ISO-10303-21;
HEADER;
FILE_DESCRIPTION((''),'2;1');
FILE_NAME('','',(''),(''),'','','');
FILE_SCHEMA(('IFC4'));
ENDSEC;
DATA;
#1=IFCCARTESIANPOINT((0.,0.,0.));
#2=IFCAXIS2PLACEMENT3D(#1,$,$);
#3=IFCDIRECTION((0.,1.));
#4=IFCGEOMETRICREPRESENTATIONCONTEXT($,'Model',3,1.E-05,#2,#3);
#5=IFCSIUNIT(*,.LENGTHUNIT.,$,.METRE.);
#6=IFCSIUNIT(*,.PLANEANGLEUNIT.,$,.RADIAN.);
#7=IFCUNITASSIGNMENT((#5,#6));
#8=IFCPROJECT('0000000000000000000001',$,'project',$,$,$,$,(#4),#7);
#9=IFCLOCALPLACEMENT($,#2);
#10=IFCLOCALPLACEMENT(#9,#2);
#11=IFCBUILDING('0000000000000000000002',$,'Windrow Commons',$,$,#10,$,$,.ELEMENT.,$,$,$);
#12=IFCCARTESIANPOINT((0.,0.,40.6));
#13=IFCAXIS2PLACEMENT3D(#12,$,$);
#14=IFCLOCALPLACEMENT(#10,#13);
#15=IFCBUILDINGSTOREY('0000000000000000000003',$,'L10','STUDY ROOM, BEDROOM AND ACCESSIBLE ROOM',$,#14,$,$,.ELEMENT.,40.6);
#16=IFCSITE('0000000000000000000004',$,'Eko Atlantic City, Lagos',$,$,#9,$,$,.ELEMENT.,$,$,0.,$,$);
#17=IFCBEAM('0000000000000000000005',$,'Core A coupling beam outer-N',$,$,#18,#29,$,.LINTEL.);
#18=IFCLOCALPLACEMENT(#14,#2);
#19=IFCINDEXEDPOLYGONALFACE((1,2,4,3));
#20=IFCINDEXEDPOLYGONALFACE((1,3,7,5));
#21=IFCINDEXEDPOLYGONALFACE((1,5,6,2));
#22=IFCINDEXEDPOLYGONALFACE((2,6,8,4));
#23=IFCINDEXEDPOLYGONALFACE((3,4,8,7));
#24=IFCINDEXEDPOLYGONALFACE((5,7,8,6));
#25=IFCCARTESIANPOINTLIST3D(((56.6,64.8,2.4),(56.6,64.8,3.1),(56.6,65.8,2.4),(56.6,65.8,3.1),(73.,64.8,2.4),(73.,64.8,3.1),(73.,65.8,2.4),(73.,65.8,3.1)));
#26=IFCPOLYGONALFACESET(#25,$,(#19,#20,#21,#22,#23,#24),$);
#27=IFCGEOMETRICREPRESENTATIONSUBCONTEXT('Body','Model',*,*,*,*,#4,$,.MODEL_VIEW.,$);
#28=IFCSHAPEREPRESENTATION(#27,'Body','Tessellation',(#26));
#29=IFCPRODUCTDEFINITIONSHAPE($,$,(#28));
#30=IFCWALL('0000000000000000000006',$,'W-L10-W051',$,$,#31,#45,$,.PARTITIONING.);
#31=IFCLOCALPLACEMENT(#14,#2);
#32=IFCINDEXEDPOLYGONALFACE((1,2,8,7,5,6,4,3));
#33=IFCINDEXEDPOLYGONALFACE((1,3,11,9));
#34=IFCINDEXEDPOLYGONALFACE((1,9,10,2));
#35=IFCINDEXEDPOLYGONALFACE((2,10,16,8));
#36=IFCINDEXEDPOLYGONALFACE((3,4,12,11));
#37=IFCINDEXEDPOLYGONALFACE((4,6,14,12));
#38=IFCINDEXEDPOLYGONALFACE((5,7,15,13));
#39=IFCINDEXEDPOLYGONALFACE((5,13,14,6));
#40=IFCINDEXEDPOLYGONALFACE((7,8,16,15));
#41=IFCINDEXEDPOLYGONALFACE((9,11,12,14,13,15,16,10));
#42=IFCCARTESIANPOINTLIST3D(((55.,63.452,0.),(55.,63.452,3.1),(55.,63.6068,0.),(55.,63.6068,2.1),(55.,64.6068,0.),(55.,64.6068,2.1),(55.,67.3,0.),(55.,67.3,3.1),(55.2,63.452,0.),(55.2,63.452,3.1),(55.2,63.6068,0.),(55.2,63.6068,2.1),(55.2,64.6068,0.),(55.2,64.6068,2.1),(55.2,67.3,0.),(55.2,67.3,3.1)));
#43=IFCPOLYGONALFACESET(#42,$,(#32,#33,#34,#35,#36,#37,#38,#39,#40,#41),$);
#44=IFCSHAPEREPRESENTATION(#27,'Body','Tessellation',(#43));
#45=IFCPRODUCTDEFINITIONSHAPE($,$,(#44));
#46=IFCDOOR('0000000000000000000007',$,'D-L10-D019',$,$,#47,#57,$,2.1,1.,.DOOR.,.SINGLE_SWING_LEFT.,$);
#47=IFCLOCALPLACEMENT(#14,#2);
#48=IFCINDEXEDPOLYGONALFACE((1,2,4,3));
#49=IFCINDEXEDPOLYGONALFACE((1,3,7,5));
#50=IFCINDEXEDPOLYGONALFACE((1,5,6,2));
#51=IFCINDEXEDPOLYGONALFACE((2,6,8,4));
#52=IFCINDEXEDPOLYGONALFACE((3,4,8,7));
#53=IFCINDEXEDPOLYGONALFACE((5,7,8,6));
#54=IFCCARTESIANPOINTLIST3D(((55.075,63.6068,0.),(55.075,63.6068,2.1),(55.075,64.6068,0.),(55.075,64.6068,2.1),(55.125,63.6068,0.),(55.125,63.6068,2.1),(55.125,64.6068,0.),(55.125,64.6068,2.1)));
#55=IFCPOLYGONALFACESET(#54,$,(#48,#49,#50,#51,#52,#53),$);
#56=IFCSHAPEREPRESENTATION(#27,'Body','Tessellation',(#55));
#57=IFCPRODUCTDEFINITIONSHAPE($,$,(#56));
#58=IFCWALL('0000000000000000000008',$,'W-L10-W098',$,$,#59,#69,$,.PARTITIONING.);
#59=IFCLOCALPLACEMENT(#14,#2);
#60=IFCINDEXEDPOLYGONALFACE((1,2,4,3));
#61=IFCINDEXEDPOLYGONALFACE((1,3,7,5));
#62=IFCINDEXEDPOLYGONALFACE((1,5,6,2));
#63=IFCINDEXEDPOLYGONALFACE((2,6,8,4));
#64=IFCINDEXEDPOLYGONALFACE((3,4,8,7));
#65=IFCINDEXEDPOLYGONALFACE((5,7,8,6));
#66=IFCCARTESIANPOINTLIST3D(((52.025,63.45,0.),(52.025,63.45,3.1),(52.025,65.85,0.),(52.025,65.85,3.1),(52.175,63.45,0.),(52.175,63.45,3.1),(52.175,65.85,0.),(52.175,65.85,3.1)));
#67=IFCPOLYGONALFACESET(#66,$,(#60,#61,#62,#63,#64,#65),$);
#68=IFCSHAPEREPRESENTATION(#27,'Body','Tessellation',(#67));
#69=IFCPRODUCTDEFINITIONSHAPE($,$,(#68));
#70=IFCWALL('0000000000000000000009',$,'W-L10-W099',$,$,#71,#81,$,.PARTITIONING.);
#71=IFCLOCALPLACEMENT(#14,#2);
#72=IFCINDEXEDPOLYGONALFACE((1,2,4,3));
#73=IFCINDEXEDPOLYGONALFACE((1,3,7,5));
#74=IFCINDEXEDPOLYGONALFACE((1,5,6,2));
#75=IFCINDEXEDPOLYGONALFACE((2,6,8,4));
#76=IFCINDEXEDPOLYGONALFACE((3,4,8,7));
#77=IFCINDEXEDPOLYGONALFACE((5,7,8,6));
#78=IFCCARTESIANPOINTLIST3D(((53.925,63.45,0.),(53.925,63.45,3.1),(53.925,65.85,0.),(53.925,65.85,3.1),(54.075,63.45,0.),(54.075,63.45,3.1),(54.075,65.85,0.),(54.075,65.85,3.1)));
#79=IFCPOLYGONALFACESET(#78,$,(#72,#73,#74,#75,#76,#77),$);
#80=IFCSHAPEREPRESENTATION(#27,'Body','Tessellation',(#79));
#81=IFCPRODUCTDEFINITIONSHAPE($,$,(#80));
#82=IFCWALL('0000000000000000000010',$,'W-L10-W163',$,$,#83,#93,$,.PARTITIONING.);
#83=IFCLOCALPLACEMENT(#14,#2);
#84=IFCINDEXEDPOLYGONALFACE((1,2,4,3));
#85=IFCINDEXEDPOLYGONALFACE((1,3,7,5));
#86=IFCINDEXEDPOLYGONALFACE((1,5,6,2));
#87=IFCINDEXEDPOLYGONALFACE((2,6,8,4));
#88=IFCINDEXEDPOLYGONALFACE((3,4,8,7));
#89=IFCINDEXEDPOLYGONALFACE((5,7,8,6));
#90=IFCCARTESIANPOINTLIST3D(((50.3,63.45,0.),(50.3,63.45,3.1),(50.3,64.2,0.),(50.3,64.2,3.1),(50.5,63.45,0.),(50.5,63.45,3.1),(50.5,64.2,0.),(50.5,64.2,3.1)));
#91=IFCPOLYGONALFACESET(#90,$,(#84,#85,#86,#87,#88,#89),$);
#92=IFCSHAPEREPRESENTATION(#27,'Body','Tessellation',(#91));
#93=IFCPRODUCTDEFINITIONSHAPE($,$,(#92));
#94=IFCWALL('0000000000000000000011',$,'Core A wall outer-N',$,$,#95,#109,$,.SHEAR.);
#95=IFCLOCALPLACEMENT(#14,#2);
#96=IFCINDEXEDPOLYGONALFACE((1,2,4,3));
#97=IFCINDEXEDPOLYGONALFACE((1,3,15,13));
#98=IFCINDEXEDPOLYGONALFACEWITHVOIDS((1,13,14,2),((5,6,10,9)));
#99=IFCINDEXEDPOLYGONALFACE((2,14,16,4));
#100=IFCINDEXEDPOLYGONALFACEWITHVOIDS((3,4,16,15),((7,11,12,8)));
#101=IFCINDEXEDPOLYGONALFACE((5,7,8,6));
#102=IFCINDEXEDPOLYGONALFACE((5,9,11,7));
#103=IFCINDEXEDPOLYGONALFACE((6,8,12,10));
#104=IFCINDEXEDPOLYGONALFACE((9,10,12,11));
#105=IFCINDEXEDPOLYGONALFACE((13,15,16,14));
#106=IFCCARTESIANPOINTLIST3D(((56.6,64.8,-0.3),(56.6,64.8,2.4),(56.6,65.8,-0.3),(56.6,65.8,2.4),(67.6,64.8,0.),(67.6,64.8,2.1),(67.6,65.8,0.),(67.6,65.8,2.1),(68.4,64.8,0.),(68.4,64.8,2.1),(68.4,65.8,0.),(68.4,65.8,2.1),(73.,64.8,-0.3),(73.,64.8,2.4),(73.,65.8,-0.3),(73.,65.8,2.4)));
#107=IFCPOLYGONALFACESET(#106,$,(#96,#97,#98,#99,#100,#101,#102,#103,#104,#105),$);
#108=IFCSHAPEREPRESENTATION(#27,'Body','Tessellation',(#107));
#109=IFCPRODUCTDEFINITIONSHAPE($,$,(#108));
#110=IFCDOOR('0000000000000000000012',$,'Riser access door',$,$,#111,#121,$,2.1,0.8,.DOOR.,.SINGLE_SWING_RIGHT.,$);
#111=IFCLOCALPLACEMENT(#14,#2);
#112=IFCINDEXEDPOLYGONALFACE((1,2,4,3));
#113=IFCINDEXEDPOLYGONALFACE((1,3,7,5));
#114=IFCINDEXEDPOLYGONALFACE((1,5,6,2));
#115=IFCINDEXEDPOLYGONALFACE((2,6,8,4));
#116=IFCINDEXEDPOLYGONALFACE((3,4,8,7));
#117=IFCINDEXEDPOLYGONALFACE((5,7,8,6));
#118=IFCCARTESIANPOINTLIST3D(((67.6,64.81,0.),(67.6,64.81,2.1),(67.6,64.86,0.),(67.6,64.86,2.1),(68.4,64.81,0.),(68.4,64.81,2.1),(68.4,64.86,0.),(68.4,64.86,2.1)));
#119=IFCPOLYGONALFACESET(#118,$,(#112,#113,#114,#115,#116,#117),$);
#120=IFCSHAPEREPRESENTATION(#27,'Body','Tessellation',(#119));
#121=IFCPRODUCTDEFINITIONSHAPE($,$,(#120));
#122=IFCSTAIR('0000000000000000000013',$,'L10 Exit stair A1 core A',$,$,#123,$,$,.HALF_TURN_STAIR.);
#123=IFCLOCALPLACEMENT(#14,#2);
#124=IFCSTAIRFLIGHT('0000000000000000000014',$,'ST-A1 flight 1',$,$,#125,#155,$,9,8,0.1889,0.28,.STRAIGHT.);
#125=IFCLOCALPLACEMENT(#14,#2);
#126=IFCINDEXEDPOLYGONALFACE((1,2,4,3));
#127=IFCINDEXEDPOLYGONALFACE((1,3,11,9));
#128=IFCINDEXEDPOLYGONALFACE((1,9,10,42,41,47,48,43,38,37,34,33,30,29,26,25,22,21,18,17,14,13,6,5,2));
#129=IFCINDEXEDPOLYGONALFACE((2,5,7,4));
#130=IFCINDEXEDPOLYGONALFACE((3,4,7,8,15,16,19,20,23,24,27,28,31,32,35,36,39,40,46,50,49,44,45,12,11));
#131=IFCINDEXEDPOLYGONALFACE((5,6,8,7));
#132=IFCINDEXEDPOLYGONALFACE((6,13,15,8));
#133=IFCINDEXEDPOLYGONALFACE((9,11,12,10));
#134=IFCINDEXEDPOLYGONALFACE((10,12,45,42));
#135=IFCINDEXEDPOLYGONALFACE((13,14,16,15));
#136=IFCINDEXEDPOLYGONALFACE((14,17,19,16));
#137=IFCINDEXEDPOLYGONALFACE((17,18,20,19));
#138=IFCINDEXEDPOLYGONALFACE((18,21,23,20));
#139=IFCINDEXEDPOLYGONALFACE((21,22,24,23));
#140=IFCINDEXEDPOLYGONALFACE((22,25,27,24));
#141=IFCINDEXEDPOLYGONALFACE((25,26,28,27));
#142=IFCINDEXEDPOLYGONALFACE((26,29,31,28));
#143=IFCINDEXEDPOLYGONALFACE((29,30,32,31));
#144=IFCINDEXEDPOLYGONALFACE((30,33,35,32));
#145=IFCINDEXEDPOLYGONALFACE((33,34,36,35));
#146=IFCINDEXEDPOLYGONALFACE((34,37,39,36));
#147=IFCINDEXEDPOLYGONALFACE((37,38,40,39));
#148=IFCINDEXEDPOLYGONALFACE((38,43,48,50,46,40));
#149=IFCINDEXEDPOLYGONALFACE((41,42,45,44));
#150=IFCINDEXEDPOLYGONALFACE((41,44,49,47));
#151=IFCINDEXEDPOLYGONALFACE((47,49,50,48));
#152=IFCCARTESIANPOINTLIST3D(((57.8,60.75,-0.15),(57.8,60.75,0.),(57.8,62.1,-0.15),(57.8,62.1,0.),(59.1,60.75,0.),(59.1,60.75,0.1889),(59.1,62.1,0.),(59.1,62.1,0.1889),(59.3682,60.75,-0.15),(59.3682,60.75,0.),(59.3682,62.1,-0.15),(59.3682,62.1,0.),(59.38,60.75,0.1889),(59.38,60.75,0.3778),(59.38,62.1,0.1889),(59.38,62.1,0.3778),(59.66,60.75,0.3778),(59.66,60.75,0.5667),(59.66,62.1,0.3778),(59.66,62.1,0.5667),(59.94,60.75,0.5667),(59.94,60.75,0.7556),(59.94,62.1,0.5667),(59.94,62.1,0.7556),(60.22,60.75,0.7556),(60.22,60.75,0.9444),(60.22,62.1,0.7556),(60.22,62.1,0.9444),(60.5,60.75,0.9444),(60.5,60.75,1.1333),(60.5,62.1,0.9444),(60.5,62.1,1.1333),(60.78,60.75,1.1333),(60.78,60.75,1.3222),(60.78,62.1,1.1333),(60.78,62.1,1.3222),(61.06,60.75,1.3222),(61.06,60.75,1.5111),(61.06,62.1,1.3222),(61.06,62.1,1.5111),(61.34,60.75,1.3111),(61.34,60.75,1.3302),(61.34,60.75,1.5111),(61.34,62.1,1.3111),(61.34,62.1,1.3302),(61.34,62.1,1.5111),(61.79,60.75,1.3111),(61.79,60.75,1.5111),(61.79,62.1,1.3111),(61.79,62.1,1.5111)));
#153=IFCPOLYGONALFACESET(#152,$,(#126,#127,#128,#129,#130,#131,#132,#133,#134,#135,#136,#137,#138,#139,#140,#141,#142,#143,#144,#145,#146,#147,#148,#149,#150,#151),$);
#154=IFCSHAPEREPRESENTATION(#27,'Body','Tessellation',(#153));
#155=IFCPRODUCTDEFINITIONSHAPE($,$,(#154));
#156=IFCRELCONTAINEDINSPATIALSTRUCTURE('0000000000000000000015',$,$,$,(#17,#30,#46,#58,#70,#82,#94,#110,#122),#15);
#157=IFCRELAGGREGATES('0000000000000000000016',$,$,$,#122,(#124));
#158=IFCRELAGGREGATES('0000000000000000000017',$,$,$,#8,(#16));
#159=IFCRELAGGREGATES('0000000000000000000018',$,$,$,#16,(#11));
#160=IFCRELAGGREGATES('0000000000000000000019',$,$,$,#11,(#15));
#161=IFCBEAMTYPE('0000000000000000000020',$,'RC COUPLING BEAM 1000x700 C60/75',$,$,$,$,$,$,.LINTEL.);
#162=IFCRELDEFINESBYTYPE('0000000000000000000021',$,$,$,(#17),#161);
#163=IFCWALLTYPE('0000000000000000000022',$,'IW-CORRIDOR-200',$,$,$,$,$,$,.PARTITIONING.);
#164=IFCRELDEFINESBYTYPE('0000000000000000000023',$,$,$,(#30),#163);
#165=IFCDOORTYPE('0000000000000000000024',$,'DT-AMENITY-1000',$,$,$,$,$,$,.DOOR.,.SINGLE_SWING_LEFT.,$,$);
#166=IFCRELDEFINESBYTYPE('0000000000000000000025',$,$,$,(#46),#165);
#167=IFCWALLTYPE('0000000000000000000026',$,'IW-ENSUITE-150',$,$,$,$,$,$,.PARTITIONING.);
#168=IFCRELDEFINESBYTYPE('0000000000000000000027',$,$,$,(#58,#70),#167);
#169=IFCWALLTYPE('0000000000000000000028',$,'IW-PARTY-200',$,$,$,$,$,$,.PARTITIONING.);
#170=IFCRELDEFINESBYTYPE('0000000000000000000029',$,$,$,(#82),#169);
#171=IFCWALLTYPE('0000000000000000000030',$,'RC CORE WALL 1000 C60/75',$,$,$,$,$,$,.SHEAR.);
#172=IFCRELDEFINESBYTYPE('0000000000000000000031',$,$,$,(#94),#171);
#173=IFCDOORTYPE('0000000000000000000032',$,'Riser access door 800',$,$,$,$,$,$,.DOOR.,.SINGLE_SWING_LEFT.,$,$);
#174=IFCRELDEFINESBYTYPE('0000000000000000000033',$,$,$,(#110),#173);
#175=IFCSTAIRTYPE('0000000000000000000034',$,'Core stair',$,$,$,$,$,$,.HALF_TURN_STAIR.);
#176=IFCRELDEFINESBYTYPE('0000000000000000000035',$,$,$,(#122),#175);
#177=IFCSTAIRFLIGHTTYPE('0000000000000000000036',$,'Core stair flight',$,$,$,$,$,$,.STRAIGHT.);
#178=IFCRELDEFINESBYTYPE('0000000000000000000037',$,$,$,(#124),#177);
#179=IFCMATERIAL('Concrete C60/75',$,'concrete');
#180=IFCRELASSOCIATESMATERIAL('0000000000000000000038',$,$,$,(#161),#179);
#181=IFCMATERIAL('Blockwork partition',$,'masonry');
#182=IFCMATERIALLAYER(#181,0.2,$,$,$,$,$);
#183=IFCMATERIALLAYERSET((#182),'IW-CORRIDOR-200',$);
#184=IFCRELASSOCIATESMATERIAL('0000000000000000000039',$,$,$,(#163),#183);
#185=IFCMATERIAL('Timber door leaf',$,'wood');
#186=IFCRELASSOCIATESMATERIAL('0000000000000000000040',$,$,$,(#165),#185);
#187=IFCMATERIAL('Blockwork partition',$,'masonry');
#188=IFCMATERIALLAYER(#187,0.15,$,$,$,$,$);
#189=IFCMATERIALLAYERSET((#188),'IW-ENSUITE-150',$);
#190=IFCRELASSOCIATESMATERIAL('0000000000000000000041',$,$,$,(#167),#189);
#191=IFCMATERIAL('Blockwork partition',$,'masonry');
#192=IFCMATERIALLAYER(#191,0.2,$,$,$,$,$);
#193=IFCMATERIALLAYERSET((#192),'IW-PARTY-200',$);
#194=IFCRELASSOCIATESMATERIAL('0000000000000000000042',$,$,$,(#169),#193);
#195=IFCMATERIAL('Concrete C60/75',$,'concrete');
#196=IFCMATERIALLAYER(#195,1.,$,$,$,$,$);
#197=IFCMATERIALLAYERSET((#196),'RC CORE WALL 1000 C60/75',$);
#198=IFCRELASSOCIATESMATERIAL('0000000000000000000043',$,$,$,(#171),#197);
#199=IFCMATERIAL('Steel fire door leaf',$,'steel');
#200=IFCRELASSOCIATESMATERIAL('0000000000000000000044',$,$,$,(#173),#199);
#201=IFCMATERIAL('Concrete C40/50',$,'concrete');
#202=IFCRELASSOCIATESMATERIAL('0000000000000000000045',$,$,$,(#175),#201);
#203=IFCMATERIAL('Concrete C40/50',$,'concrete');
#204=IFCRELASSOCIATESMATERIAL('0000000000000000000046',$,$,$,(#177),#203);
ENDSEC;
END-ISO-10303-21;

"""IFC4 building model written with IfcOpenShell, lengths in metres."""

from ifc_helpers import new_model, si_unit, direction, frame, frame_2d, origin, origin_2d, place, context, subcontext, project, spatial, polyline, rectangle, outline, extrude, material, layer, layer_set, material_profile, profile_set, type_object, element, fill, aggregate, save


model = new_model("IFC4")

# Units and contexts
model_context = context("Model", 3, precision=1e-05, world=origin(), true_north=direction((0.0, 1.0)))
body_context = subcontext(model_context, "Body", "Model", "MODEL_VIEW")
ifc_project = project(units=[si_unit("LENGTHUNIT", "METRE"), si_unit("PLANEANGLEUNIT", "RADIAN")], contexts=[model_context])

# Site, building, storey
site_placement = place(None, origin())
site = spatial("IfcSite", under=ifc_project, at=site_placement, Name="Eko Atlantic City, Lagos", CompositionType="ELEMENT", RefElevation=0.0)
building_placement = place(site_placement, origin())
building = spatial("IfcBuilding", under=site, at=building_placement, Name="Windrow Commons", CompositionType="ELEMENT")
storey_placement = place(building_placement, frame((0.0, 0.0, 40.6)))
storey = spatial("IfcBuildingStorey", under=building, at=storey_placement, Name="L10", Description="STUDY ROOM, BEDROOM AND ACCESSIBLE ROOM", CompositionType="ELEMENT", Elevation=40.6)

# Beam
ifc_material_1 = material(Name="Concrete C60/75", Category="concrete")
ifc_material_profile = material_profile(ifc_material_1, rectangle(XDim=1.0, YDim=0.7, at=origin_2d()))
ifc_profile_set = profile_set([ifc_material_profile], Name="Concrete C60/75")
beam_type = type_object("IfcBeamType", Name="RC COUPLING BEAM 1000x700 C60/75", PredefinedType="LINTEL", material=ifc_profile_set)
beam_placement = place(storey_placement, frame((56.6, 65.3, 2.75), z_axis=(1.0, 0.0, 0.0), x_axis=(0.0, 1.0, 0.0)))
element("IfcBeam", 1, at=beam_placement, inside=storey, type_object=beam_type, Name="Core A coupling beam outer-N", PredefinedType="LINTEL", context=body_context, shape_type="SweptSolid", body=[
    extrude(rectangle(XDim=1.0, YDim=0.7, at=origin_2d()), origin(), (0.0, 0.0, 1.0), 16.4),
])

# Wall, opening, door
ifc_material_2 = material(Name="Blockwork partition", Category="masonry")
ifc_layer_1 = layer(ifc_material_2, 0.2)
ifc_layer_set_1 = layer_set([ifc_layer_1], Name="IW-CORRIDOR-200")
wall_type_1 = type_object("IfcWallType", Name="IW-CORRIDOR-200", PredefinedType="PARTITIONING", material=ifc_layer_set_1)
wall_1_placement = place(storey_placement, frame((55.1, 63.452, 0.0), z_axis=(0.0, 0.0, 1.0), x_axis=(0.0, 1.0, 0.0)))
wall_1 = element("IfcWall", 2, at=wall_1_placement, inside=storey, type_object=wall_type_1, Name="W-L10-W051", PredefinedType="PARTITIONING", context=body_context, shape_type="SweptSolid", body=[
    extrude(rectangle(XDim=3.848, YDim=0.2, at=frame_2d((1.924, 0.0))), origin(), (0.0, 0.0, 1.0), 3.1),
])
opening_1_placement = place(wall_1_placement, frame((0.1548, 0.0, 0.0)))
opening_1 = element("IfcOpeningElement", 3, at=opening_1_placement, cuts=wall_1, PredefinedType="OPENING", context=body_context, shape_type="SweptSolid", body=[
    extrude(rectangle(XDim=1.0, YDim=2.1, at=frame_2d((0.5, 1.05))), frame((0.0, 0.11, 0.0), z_axis=(0.0, -1.0, 0.0), x_axis=(1.0, 0.0, 0.0)), (0.0, 0.0, 1.0), 0.22),
])
ifc_material_3 = material(Name="Timber door leaf", Category="wood")
door_type_1 = type_object("IfcDoorType", Name="DT-AMENITY-1000", OperationType="SINGLE_SWING_LEFT", PredefinedType="DOOR", material=ifc_material_3)
door_1_placement = place(opening_1_placement, origin())
door_1 = element("IfcDoor", 4, at=door_1_placement, inside=storey, type_object=door_type_1, Name="D-L10-D019", OperationType="SINGLE_SWING_LEFT", OverallHeight=2.1, OverallWidth=1.0, PredefinedType="DOOR", context=body_context, shape_type="SweptSolid", body=[
    extrude(rectangle(XDim=1.0, YDim=2.1, at=frame_2d((0.5, 1.05))), frame((0.0, 0.025, 0.0), z_axis=(0.0, -1.0, 0.0), x_axis=(1.0, 0.0, 0.0)), (0.0, 0.0, 1.0), 0.05),
])
fill(opening_1, door_1)

# Walls
ifc_material_4 = material(Name="Blockwork partition", Category="masonry")
ifc_layer_2 = layer(ifc_material_4, 0.15)
ifc_layer_set_2 = layer_set([ifc_layer_2], Name="IW-ENSUITE-150")
wall_type_2 = type_object("IfcWallType", Name="IW-ENSUITE-150", PredefinedType="PARTITIONING", material=ifc_layer_set_2)
for number, where, z_axis, x_axis, name in (
    (5, (52.1, 63.45, 0.0), (0.0, 0.0, 1.0), (0.0, 1.0, 0.0), "W-L10-W098"),
    (6, (54.0, 63.45, 0.0), (0.0, 0.0, 1.0), (0.0, 1.0, 0.0), "W-L10-W099"),
):
    element("IfcWall", number, at=place(storey_placement, frame(where, z_axis=z_axis, x_axis=x_axis)), inside=storey, type_object=wall_type_2, Name=name, PredefinedType="PARTITIONING", context=body_context, shape_type="SweptSolid", body=[
        extrude(rectangle(XDim=2.4, YDim=0.15, at=frame_2d((1.2, 0.0))), origin(), (0.0, 0.0, 1.0), 3.1),
    ])
ifc_material_5 = material(Name="Blockwork partition", Category="masonry")
ifc_layer_3 = layer(ifc_material_5, 0.2)
ifc_layer_set_3 = layer_set([ifc_layer_3], Name="IW-PARTY-200")
wall_type_3 = type_object("IfcWallType", Name="IW-PARTY-200", PredefinedType="PARTITIONING", material=ifc_layer_set_3)
wall_2_placement = place(storey_placement, frame((50.4, 63.45, 0.0), z_axis=(0.0, 0.0, 1.0), x_axis=(0.0, 1.0, 0.0)))
element("IfcWall", 7, at=wall_2_placement, inside=storey, type_object=wall_type_3, Name="W-L10-W163", PredefinedType="PARTITIONING", context=body_context, shape_type="SweptSolid", body=[
    extrude(rectangle(XDim=0.75, YDim=0.2, at=frame_2d((0.375, 0.0))), origin(), (0.0, 0.0, 1.0), 3.1),
])

# Wall, opening, door
ifc_material_6 = material(Name="Concrete C60/75", Category="concrete")
ifc_layer_4 = layer(ifc_material_6, 1.0)
ifc_layer_set_4 = layer_set([ifc_layer_4], Name="RC CORE WALL 1000 C60/75")
wall_type_4 = type_object("IfcWallType", Name="RC CORE WALL 1000 C60/75", PredefinedType="SHEAR", material=ifc_layer_set_4)
wall_3_placement = place(storey_placement, frame((56.6, 65.3, -0.3), z_axis=(0.0, 0.0, 1.0), x_axis=(1.0, 0.0, 0.0)))
wall_3 = element("IfcWall", 8, at=wall_3_placement, inside=storey, type_object=wall_type_4, Name="Core A wall outer-N", PredefinedType="SHEAR", context=body_context, shape_type="SweptSolid", body=[
    extrude(rectangle(XDim=16.4, YDim=1.0, at=frame_2d((8.2, 0.0))), origin(), (0.0, 0.0, 1.0), 2.7),
])
opening_2_placement = place(wall_3_placement, frame((11.0, 0.0, 0.3)))
opening_2 = element("IfcOpeningElement", 9, at=opening_2_placement, cuts=wall_3, PredefinedType="OPENING", context=body_context, shape_type="SweptSolid", body=[
    extrude(rectangle(XDim=0.8, YDim=2.1, at=frame_2d((0.4, 1.05))), frame((0.0, 0.51, 0.0), z_axis=(0.0, -1.0, 0.0), x_axis=(1.0, 0.0, 0.0)), (0.0, 0.0, 1.0), 1.02),
])
ifc_material_7 = material(Name="Steel fire door leaf", Category="steel")
door_type_2 = type_object("IfcDoorType", Name="Riser access door 800", OperationType="SINGLE_SWING_LEFT", PredefinedType="DOOR", material=ifc_material_7)
door_2_placement = place(opening_2_placement, origin())
door_2 = element("IfcDoor", 10, at=door_2_placement, inside=storey, type_object=door_type_2, Name="Riser access door", OperationType="SINGLE_SWING_RIGHT", OverallHeight=2.1, OverallWidth=0.8, PredefinedType="DOOR", context=body_context, shape_type="SweptSolid", body=[
    extrude(rectangle(XDim=0.8, YDim=2.1, at=frame_2d((0.4, 1.05))), frame((0.0, -0.44, 0.0), z_axis=(0.0, -1.0, 0.0), x_axis=(1.0, 0.0, 0.0)), (0.0, 0.0, 1.0), 0.05),
])
fill(opening_2, door_2)

# Stair, stair flight
ifc_material_8 = material(Name="Concrete C40/50", Category="concrete")
stair_type = type_object("IfcStairType", Name="Core stair", PredefinedType="HALF_TURN_STAIR", material=ifc_material_8)
stair_placement = place(storey_placement, origin())
stair = element("IfcStair", 11, at=stair_placement, inside=storey, type_object=stair_type, Name="L10 Exit stair A1 core A", PredefinedType="HALF_TURN_STAIR")
ifc_material_9 = material(Name="Concrete C40/50", Category="concrete")
stair_flight_type = type_object("IfcStairFlightType", Name="Core stair flight", PredefinedType="STRAIGHT", material=ifc_material_9)
stair_flight_1_placement = place(storey_placement, frame((59.1, 61.425, 0.0), z_axis=(0.0, 0.0, 1.0), x_axis=(1.0, 0.0, 0.0)))
stair_flight_1 = element("IfcStairFlight", 12, at=stair_flight_1_placement, type_object=stair_flight_type, Name="ST-A1 flight 1", NumberOfRisers=9, NumberOfTreads=8, PredefinedType="STRAIGHT", RiserHeight=0.1889, TreadLength=0.28, context=body_context, shape_type="SweptSolid", body=[
    extrude(outline(polyline([(-1.3, -0.15), (-1.3, 0.0), (0.0, 0.0), (0.0, 0.1889), (0.28, 0.1889), (0.28, 0.3778), (0.56, 0.3778), (0.56, 0.5667), (0.84, 0.5667), (0.84, 0.7556), (1.12, 0.7556), (1.12, 0.9444), (1.4, 0.9444), (1.4, 1.1333), (1.68, 1.1333), (1.68, 1.3222), (1.96, 1.3222), (1.96, 1.5111), (2.24, 1.5111), (2.69, 1.5111), (2.69, 1.3111), (2.24, 1.3111), (2.24, 1.3302), (0.2682, 0.0), (0.2682, -0.15), (-1.3, -0.15)])), frame((0.0, 0.675, 0.0), z_axis=(0.0, -1.0, 0.0), x_axis=(1.0, 0.0, 0.0)), (0.0, 0.0, 1.0), 1.35),
])
aggregate(stair, [stair_flight_1])

save(model, "model.ifc")
